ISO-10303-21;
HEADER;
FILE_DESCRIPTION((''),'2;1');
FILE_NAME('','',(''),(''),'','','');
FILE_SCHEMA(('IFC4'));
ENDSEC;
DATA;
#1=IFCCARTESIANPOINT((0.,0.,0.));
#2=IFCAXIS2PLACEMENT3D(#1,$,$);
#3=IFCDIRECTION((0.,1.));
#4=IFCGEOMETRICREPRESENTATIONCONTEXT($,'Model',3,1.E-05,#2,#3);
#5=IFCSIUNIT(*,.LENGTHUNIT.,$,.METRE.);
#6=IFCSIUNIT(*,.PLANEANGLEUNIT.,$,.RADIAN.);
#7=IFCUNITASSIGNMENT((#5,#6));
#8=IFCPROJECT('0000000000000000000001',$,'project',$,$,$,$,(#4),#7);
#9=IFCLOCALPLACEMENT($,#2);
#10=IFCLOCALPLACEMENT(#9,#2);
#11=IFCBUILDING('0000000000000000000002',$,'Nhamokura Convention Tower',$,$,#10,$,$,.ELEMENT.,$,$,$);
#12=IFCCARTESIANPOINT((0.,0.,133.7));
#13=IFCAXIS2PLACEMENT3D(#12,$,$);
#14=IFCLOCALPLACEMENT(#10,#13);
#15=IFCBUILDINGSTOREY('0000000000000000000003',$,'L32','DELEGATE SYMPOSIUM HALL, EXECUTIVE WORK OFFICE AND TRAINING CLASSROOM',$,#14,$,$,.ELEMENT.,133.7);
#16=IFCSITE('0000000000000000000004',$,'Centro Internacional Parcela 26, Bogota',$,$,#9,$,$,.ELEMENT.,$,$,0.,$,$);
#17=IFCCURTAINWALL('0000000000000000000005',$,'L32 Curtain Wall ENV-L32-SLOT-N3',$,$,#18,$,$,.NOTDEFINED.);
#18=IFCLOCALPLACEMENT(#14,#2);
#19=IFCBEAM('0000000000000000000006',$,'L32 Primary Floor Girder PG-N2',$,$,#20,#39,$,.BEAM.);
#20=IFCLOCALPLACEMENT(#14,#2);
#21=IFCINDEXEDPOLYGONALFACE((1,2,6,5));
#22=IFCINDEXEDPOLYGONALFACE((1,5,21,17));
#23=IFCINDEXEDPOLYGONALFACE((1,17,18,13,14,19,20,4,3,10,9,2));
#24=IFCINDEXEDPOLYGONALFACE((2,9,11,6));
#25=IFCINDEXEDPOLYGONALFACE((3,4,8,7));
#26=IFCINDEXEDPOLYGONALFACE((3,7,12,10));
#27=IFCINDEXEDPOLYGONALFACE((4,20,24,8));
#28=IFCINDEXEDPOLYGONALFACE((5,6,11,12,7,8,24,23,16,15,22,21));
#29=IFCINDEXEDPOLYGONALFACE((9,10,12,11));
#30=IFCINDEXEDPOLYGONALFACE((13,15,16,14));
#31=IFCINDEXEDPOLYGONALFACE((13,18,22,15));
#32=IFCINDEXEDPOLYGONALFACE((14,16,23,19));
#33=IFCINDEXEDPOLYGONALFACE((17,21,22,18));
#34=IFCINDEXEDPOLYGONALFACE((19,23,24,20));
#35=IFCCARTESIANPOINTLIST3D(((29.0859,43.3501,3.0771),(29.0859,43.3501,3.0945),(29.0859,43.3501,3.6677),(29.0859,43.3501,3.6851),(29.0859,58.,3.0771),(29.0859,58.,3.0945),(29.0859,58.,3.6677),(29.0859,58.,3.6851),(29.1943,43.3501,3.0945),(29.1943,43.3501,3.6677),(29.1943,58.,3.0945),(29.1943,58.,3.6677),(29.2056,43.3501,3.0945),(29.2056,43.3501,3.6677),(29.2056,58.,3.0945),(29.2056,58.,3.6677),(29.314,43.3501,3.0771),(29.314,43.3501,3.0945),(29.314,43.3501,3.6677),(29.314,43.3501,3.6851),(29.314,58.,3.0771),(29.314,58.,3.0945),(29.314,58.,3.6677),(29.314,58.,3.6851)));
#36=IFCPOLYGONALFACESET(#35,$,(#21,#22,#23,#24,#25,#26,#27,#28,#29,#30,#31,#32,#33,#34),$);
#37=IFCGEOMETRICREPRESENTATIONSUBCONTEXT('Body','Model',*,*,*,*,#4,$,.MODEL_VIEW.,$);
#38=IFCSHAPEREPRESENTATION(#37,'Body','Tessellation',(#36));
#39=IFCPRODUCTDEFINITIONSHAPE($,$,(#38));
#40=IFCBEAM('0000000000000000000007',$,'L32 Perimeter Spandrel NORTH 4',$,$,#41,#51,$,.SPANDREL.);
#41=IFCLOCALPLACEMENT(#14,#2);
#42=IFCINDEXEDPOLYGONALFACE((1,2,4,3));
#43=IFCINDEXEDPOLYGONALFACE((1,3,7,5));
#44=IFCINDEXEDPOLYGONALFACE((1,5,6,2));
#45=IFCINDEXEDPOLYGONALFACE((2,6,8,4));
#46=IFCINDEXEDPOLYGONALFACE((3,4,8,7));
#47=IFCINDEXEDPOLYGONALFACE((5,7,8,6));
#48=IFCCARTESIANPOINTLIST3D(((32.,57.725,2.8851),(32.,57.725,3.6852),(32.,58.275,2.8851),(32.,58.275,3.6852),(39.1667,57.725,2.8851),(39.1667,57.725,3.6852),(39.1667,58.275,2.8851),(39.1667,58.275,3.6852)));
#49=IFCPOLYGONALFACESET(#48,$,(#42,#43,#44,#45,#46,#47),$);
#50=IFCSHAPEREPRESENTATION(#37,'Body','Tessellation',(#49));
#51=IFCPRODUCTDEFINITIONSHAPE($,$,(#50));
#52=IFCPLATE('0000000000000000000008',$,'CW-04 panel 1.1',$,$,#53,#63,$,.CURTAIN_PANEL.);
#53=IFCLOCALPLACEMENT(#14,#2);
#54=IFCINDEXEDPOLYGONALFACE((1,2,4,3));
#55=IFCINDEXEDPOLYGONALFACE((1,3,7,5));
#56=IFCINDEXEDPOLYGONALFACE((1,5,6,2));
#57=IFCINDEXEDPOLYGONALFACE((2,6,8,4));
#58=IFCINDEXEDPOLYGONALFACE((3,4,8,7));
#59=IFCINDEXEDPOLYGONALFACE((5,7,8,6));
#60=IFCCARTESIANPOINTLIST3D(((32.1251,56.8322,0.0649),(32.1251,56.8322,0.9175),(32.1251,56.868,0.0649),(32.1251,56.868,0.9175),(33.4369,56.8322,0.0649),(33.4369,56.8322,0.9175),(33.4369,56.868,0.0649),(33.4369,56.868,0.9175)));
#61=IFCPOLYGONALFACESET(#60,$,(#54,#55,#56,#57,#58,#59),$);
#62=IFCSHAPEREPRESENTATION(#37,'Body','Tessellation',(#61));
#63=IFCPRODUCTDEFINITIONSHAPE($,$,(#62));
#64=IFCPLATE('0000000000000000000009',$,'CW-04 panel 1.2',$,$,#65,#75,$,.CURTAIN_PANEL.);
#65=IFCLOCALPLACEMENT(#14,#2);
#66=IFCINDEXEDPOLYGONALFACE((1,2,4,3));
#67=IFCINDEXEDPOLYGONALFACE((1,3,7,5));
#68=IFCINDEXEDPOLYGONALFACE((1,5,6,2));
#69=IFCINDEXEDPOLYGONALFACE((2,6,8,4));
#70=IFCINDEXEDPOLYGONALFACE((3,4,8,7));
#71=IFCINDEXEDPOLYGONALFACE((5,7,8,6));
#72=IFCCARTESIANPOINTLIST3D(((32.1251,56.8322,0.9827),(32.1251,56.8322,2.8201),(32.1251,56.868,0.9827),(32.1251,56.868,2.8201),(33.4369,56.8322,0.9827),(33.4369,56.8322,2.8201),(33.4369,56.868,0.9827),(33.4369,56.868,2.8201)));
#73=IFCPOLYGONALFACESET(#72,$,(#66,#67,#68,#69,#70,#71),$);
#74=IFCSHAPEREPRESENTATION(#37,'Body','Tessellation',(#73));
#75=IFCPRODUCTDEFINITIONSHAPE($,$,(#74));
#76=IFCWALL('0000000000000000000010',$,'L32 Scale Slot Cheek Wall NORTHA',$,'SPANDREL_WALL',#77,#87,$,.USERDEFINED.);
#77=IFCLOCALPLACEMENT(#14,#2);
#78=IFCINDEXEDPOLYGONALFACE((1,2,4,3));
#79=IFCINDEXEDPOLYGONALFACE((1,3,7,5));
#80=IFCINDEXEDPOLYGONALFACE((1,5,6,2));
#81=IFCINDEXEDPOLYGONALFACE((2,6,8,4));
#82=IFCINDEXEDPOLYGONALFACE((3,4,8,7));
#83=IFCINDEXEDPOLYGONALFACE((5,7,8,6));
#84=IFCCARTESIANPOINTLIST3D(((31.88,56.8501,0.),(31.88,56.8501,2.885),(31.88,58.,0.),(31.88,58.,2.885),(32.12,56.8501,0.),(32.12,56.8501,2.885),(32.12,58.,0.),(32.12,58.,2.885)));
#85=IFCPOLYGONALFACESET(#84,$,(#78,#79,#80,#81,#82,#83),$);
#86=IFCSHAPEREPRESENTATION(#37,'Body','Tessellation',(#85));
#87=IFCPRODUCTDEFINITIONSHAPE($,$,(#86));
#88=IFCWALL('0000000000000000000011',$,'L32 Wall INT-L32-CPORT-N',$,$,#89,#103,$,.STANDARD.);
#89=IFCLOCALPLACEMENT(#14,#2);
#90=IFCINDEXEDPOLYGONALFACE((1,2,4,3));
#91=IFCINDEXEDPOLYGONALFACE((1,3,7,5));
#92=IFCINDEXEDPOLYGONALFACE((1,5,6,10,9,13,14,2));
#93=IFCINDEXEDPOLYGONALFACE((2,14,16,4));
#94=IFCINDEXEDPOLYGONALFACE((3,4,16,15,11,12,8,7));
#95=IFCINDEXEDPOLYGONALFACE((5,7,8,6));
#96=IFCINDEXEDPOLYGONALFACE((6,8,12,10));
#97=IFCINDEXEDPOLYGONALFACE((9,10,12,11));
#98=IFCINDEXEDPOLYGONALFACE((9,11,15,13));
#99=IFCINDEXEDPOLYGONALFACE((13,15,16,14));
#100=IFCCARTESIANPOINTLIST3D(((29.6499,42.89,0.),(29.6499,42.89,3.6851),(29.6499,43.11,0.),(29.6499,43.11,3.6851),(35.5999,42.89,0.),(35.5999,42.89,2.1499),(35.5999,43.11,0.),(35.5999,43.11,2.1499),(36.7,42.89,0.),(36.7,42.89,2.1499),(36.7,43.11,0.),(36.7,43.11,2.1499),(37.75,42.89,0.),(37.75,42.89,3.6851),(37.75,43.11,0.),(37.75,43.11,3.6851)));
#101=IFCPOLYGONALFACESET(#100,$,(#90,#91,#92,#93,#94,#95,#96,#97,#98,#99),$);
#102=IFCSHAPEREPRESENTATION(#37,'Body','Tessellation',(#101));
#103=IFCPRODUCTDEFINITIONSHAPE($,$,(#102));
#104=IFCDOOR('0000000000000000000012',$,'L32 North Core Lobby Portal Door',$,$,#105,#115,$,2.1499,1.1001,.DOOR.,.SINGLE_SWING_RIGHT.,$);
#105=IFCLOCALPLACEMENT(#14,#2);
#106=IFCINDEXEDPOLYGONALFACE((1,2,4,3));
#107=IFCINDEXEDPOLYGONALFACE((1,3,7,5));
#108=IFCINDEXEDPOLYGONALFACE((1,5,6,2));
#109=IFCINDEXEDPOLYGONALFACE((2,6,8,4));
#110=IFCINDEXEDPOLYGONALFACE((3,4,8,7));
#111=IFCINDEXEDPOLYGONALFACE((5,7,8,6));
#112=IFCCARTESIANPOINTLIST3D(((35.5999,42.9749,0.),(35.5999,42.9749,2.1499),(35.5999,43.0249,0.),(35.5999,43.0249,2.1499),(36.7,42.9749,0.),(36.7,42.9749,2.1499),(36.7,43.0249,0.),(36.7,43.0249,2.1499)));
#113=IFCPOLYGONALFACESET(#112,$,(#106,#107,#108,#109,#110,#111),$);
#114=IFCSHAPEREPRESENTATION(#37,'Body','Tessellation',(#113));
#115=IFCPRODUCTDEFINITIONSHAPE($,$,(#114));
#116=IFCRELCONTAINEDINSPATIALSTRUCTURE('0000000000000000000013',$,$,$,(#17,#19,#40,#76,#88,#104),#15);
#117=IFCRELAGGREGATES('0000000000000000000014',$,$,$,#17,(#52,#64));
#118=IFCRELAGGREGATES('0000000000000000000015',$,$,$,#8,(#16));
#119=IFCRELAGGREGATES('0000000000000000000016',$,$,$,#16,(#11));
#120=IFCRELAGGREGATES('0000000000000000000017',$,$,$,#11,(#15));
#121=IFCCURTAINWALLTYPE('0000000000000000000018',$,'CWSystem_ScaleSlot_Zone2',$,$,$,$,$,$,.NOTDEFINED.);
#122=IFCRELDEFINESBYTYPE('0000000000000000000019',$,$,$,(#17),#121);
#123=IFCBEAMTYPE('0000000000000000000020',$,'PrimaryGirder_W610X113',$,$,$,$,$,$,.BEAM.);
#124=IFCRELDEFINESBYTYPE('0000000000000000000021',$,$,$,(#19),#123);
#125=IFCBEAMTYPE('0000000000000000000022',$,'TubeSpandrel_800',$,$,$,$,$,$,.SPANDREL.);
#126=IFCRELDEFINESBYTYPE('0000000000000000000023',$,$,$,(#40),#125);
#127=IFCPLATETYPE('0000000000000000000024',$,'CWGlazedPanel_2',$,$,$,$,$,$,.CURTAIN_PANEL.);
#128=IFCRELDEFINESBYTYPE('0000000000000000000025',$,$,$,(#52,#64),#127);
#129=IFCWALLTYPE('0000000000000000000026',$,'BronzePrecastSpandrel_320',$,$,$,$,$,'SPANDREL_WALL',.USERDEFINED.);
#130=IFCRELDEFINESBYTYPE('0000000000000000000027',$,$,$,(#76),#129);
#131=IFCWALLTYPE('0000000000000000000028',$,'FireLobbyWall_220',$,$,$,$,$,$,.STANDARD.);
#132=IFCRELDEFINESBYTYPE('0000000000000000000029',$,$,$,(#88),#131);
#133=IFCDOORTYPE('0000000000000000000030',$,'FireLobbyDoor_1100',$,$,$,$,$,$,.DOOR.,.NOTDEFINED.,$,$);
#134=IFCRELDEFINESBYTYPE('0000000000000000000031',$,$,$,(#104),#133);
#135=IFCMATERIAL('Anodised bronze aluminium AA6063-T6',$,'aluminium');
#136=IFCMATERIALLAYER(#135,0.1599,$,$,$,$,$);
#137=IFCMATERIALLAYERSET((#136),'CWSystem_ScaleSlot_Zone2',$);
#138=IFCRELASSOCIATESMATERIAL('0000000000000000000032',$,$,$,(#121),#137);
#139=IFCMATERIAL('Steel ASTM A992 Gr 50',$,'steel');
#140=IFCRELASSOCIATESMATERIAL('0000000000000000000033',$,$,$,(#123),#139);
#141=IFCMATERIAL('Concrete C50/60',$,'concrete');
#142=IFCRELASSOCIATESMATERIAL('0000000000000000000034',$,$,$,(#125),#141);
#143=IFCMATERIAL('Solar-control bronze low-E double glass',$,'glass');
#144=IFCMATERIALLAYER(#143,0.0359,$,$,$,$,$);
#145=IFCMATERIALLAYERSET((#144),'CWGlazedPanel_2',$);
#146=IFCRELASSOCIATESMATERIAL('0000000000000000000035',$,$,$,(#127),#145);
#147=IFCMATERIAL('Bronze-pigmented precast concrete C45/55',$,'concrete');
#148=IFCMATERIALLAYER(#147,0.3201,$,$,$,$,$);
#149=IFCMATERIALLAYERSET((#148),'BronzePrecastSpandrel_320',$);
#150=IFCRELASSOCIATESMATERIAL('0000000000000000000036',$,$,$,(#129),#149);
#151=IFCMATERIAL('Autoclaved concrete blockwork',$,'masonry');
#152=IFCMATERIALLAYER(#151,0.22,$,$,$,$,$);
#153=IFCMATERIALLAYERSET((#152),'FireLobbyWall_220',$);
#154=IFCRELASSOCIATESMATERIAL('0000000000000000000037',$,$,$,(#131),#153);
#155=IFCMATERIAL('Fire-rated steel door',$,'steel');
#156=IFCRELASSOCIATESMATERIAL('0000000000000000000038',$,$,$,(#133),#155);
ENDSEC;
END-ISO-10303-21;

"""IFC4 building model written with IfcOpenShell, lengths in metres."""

from ifc_helpers import new_model, si_unit, direction, frame, frame_2d, origin, origin_2d, place, context, subcontext, project, spatial, rectangle, i_section, extrude, material, layer, layer_set, material_profile, profile_set, type_object, element, fill, aggregate, save


model = new_model("IFC4")

# Units and contexts
model_context = context("Model", 3, precision=1e-05, world=origin(), true_north=direction((0.0, 1.0)))
body_context = subcontext(model_context, "Body", "Model", "MODEL_VIEW")
ifc_project = project(units=[si_unit("LENGTHUNIT", "METRE"), si_unit("PLANEANGLEUNIT", "RADIAN")], contexts=[model_context])

# Site, building, storey
site_placement = place(None, origin())
site = spatial("IfcSite", under=ifc_project, at=site_placement, Name="Centro Internacional Parcela 26, Bogota", CompositionType="ELEMENT", RefElevation=0.0)
building_placement = place(site_placement, origin())
building = spatial("IfcBuilding", under=site, at=building_placement, Name="Nhamokura Convention Tower", CompositionType="ELEMENT")
storey_placement = place(building_placement, frame((0.0, 0.0, 133.7)))
storey = spatial("IfcBuildingStorey", under=building, at=storey_placement, Name="L32", Description="DELEGATE SYMPOSIUM HALL, EXECUTIVE WORK OFFICE AND TRAINING CLASSROOM", CompositionType="ELEMENT", Elevation=133.7)

# Curtain wall
ifc_material_1 = material(Name="Anodised bronze aluminium AA6063-T6", Category="aluminium")
ifc_layer_1 = layer(ifc_material_1, 0.1599)
ifc_layer_set_1 = layer_set([ifc_layer_1], Name="CWSystem_ScaleSlot_Zone2")
curtain_wall_type = type_object("IfcCurtainWallType", Name="CWSystem_ScaleSlot_Zone2", PredefinedType="NOTDEFINED", material=ifc_layer_set_1)
curtain_wall_placement = place(storey_placement, origin())
curtain_wall = element("IfcCurtainWall", 1, at=curtain_wall_placement, inside=storey, type_object=curtain_wall_type, Name="L32 Curtain Wall ENV-L32-SLOT-N3", PredefinedType="NOTDEFINED")

# Beams
ifc_material_2 = material(Name="Steel ASTM A992 Gr 50", Category="steel")
ifc_material_profile_1 = material_profile(ifc_material_2, i_section(OverallWidth=0.228, OverallDepth=0.6079, WebThickness=0.0112, FlangeThickness=0.0173, at=origin_2d()))
ifc_profile_set_1 = profile_set([ifc_material_profile_1], Name="Steel ASTM A992 Gr 50")
beam_type_1 = type_object("IfcBeamType", Name="PrimaryGirder_W610X113", PredefinedType="BEAM", material=ifc_profile_set_1)
beam_1_placement = place(storey_placement, frame((29.2, 43.3501, 3.3811), z_axis=(0.0, 1.0, 0.0), x_axis=(-1.0, 0.0, 0.0)))
element("IfcBeam", 2, at=beam_1_placement, inside=storey, type_object=beam_type_1, Name="L32 Primary Floor Girder PG-N2", PredefinedType="BEAM", context=body_context, shape_type="SweptSolid", body=[
    extrude(i_section(OverallWidth=0.228, OverallDepth=0.6079, WebThickness=0.0112, FlangeThickness=0.0173, at=origin_2d()), origin(), (0.0, 0.0, 1.0), 14.6499),
])
ifc_material_3 = material(Name="Concrete C50/60", Category="concrete")
ifc_material_profile_2 = material_profile(ifc_material_3, rectangle(XDim=0.55, YDim=0.8, at=origin_2d()))
ifc_profile_set_2 = profile_set([ifc_material_profile_2], Name="Concrete C50/60")
beam_type_2 = type_object("IfcBeamType", Name="TubeSpandrel_800", PredefinedType="SPANDREL", material=ifc_profile_set_2)
beam_2_placement = place(storey_placement, frame((32.0, 58.0, 3.2852), z_axis=(1.0, 0.0, 0.0), x_axis=(0.0, 1.0, 0.0)))
element("IfcBeam", 3, at=beam_2_placement, inside=storey, type_object=beam_type_2, Name="L32 Perimeter Spandrel NORTH 4", PredefinedType="SPANDREL", context=body_context, shape_type="SweptSolid", body=[
    extrude(rectangle(XDim=0.55, YDim=0.8, at=origin_2d()), origin(), (0.0, 0.0, 1.0), 7.1667),
])

# Plates
ifc_material_4 = material(Name="Solar-control bronze low-E double glass", Category="glass")
ifc_layer_2 = layer(ifc_material_4, 0.0359)
ifc_layer_set_2 = layer_set([ifc_layer_2], Name="CWGlazedPanel_2")
plate_type = type_object("IfcPlateType", Name="CWGlazedPanel_2", PredefinedType="CURTAIN_PANEL", material=ifc_layer_set_2)
plate_1_placement = place(storey_placement, frame((32.781, 56.8501, 0.0649), z_axis=(0.0, 0.0, 1.0), x_axis=(1.0, 0.0, 0.0)))
plate_1 = element("IfcPlate", 4, at=plate_1_placement, type_object=plate_type, Name="CW-04 panel 1.1", PredefinedType="CURTAIN_PANEL", context=body_context, shape_type="SweptSolid", body=[
    extrude(rectangle(XDim=1.3118, YDim=0.0359, at=origin_2d()), origin(), (0.0, 0.0, 1.0), 0.8525),
])
plate_2_placement = place(storey_placement, frame((32.781, 56.8501, 0.9827), z_axis=(0.0, 0.0, 1.0), x_axis=(1.0, 0.0, 0.0)))
plate_2 = element("IfcPlate", 5, at=plate_2_placement, type_object=plate_type, Name="CW-04 panel 1.2", PredefinedType="CURTAIN_PANEL", context=body_context, shape_type="SweptSolid", body=[
    extrude(rectangle(XDim=1.3118, YDim=0.0359, at=origin_2d()), origin(), (0.0, 0.0, 1.0), 1.8374),
])
aggregate(curtain_wall, [plate_1, plate_2])

# Wall
ifc_material_5 = material(Name="Bronze-pigmented precast concrete C45/55", Category="concrete")
ifc_layer_3 = layer(ifc_material_5, 0.3201)
ifc_layer_set_3 = layer_set([ifc_layer_3], Name="BronzePrecastSpandrel_320")
wall_type_1 = type_object("IfcWallType", Name="BronzePrecastSpandrel_320", ElementType="SPANDREL_WALL", PredefinedType="USERDEFINED", material=ifc_layer_set_3)
wall_1_placement = place(storey_placement, frame((32.0, 58.0, 0.0), z_axis=(0.0, 0.0, 1.0), x_axis=(0.0, -1.0, 0.0)))
element("IfcWall", 6, at=wall_1_placement, inside=storey, type_object=wall_type_1, Name="L32 Scale Slot Cheek Wall NORTHA", ObjectType="SPANDREL_WALL", PredefinedType="USERDEFINED", context=body_context, shape_type="SweptSolid", body=[
    extrude(rectangle(XDim=1.1499, YDim=0.24, at=frame_2d((0.575, 0.0))), origin(), (0.0, 0.0, 1.0), 2.885),
])

# Wall, opening, door
ifc_material_6 = material(Name="Autoclaved concrete blockwork", Category="masonry")
ifc_layer_4 = layer(ifc_material_6, 0.22)
ifc_layer_set_4 = layer_set([ifc_layer_4], Name="FireLobbyWall_220")
wall_type_2 = type_object("IfcWallType", Name="FireLobbyWall_220", PredefinedType="STANDARD", material=ifc_layer_set_4)
wall_2_placement = place(storey_placement, frame((29.6499, 43.0, 0.0), z_axis=(0.0, 0.0, 1.0), x_axis=(1.0, 0.0, 0.0)))
wall_2 = element("IfcWall", 7, at=wall_2_placement, inside=storey, type_object=wall_type_2, Name="L32 Wall INT-L32-CPORT-N", PredefinedType="STANDARD", context=body_context, shape_type="SweptSolid", body=[
    extrude(rectangle(XDim=8.1001, YDim=0.22, at=frame_2d((4.05, 0.0))), origin(), (0.0, 0.0, 1.0), 3.6851),
])
opening_placement = place(wall_2_placement, frame((5.95, 0.0, 0.0)))
opening = element("IfcOpeningElement", 8, at=opening_placement, cuts=wall_2, PredefinedType="OPENING", context=body_context, shape_type="SweptSolid", body=[
    extrude(rectangle(XDim=1.1001, YDim=2.1499, at=frame_2d((0.55, 1.075))), frame((0.0, 0.1199, 0.0), z_axis=(0.0, -1.0, 0.0), x_axis=(1.0, 0.0, 0.0)), (0.0, 0.0, 1.0), 0.24),
])
ifc_material_7 = material(Name="Fire-rated steel door", Category="steel")
door_type = type_object("IfcDoorType", Name="FireLobbyDoor_1100", OperationType="NOTDEFINED", PredefinedType="DOOR", material=ifc_material_7)
door_placement = place(opening_placement, origin())
door = element("IfcDoor", 9, at=door_placement, inside=storey, type_object=door_type, Name="L32 North Core Lobby Portal Door", OperationType="SINGLE_SWING_RIGHT", OverallHeight=2.1499, OverallWidth=1.1001, PredefinedType="DOOR", context=body_context, shape_type="SweptSolid", body=[
    extrude(rectangle(XDim=1.1001, YDim=2.1499, at=frame_2d((0.55, 1.075))), frame((0.0, 0.0249, 0.0), z_axis=(0.0, -1.0, 0.0), x_axis=(1.0, 0.0, 0.0)), (0.0, 0.0, 1.0), 0.05),
])
fill(opening, door)

save(model, "model.ifc")
